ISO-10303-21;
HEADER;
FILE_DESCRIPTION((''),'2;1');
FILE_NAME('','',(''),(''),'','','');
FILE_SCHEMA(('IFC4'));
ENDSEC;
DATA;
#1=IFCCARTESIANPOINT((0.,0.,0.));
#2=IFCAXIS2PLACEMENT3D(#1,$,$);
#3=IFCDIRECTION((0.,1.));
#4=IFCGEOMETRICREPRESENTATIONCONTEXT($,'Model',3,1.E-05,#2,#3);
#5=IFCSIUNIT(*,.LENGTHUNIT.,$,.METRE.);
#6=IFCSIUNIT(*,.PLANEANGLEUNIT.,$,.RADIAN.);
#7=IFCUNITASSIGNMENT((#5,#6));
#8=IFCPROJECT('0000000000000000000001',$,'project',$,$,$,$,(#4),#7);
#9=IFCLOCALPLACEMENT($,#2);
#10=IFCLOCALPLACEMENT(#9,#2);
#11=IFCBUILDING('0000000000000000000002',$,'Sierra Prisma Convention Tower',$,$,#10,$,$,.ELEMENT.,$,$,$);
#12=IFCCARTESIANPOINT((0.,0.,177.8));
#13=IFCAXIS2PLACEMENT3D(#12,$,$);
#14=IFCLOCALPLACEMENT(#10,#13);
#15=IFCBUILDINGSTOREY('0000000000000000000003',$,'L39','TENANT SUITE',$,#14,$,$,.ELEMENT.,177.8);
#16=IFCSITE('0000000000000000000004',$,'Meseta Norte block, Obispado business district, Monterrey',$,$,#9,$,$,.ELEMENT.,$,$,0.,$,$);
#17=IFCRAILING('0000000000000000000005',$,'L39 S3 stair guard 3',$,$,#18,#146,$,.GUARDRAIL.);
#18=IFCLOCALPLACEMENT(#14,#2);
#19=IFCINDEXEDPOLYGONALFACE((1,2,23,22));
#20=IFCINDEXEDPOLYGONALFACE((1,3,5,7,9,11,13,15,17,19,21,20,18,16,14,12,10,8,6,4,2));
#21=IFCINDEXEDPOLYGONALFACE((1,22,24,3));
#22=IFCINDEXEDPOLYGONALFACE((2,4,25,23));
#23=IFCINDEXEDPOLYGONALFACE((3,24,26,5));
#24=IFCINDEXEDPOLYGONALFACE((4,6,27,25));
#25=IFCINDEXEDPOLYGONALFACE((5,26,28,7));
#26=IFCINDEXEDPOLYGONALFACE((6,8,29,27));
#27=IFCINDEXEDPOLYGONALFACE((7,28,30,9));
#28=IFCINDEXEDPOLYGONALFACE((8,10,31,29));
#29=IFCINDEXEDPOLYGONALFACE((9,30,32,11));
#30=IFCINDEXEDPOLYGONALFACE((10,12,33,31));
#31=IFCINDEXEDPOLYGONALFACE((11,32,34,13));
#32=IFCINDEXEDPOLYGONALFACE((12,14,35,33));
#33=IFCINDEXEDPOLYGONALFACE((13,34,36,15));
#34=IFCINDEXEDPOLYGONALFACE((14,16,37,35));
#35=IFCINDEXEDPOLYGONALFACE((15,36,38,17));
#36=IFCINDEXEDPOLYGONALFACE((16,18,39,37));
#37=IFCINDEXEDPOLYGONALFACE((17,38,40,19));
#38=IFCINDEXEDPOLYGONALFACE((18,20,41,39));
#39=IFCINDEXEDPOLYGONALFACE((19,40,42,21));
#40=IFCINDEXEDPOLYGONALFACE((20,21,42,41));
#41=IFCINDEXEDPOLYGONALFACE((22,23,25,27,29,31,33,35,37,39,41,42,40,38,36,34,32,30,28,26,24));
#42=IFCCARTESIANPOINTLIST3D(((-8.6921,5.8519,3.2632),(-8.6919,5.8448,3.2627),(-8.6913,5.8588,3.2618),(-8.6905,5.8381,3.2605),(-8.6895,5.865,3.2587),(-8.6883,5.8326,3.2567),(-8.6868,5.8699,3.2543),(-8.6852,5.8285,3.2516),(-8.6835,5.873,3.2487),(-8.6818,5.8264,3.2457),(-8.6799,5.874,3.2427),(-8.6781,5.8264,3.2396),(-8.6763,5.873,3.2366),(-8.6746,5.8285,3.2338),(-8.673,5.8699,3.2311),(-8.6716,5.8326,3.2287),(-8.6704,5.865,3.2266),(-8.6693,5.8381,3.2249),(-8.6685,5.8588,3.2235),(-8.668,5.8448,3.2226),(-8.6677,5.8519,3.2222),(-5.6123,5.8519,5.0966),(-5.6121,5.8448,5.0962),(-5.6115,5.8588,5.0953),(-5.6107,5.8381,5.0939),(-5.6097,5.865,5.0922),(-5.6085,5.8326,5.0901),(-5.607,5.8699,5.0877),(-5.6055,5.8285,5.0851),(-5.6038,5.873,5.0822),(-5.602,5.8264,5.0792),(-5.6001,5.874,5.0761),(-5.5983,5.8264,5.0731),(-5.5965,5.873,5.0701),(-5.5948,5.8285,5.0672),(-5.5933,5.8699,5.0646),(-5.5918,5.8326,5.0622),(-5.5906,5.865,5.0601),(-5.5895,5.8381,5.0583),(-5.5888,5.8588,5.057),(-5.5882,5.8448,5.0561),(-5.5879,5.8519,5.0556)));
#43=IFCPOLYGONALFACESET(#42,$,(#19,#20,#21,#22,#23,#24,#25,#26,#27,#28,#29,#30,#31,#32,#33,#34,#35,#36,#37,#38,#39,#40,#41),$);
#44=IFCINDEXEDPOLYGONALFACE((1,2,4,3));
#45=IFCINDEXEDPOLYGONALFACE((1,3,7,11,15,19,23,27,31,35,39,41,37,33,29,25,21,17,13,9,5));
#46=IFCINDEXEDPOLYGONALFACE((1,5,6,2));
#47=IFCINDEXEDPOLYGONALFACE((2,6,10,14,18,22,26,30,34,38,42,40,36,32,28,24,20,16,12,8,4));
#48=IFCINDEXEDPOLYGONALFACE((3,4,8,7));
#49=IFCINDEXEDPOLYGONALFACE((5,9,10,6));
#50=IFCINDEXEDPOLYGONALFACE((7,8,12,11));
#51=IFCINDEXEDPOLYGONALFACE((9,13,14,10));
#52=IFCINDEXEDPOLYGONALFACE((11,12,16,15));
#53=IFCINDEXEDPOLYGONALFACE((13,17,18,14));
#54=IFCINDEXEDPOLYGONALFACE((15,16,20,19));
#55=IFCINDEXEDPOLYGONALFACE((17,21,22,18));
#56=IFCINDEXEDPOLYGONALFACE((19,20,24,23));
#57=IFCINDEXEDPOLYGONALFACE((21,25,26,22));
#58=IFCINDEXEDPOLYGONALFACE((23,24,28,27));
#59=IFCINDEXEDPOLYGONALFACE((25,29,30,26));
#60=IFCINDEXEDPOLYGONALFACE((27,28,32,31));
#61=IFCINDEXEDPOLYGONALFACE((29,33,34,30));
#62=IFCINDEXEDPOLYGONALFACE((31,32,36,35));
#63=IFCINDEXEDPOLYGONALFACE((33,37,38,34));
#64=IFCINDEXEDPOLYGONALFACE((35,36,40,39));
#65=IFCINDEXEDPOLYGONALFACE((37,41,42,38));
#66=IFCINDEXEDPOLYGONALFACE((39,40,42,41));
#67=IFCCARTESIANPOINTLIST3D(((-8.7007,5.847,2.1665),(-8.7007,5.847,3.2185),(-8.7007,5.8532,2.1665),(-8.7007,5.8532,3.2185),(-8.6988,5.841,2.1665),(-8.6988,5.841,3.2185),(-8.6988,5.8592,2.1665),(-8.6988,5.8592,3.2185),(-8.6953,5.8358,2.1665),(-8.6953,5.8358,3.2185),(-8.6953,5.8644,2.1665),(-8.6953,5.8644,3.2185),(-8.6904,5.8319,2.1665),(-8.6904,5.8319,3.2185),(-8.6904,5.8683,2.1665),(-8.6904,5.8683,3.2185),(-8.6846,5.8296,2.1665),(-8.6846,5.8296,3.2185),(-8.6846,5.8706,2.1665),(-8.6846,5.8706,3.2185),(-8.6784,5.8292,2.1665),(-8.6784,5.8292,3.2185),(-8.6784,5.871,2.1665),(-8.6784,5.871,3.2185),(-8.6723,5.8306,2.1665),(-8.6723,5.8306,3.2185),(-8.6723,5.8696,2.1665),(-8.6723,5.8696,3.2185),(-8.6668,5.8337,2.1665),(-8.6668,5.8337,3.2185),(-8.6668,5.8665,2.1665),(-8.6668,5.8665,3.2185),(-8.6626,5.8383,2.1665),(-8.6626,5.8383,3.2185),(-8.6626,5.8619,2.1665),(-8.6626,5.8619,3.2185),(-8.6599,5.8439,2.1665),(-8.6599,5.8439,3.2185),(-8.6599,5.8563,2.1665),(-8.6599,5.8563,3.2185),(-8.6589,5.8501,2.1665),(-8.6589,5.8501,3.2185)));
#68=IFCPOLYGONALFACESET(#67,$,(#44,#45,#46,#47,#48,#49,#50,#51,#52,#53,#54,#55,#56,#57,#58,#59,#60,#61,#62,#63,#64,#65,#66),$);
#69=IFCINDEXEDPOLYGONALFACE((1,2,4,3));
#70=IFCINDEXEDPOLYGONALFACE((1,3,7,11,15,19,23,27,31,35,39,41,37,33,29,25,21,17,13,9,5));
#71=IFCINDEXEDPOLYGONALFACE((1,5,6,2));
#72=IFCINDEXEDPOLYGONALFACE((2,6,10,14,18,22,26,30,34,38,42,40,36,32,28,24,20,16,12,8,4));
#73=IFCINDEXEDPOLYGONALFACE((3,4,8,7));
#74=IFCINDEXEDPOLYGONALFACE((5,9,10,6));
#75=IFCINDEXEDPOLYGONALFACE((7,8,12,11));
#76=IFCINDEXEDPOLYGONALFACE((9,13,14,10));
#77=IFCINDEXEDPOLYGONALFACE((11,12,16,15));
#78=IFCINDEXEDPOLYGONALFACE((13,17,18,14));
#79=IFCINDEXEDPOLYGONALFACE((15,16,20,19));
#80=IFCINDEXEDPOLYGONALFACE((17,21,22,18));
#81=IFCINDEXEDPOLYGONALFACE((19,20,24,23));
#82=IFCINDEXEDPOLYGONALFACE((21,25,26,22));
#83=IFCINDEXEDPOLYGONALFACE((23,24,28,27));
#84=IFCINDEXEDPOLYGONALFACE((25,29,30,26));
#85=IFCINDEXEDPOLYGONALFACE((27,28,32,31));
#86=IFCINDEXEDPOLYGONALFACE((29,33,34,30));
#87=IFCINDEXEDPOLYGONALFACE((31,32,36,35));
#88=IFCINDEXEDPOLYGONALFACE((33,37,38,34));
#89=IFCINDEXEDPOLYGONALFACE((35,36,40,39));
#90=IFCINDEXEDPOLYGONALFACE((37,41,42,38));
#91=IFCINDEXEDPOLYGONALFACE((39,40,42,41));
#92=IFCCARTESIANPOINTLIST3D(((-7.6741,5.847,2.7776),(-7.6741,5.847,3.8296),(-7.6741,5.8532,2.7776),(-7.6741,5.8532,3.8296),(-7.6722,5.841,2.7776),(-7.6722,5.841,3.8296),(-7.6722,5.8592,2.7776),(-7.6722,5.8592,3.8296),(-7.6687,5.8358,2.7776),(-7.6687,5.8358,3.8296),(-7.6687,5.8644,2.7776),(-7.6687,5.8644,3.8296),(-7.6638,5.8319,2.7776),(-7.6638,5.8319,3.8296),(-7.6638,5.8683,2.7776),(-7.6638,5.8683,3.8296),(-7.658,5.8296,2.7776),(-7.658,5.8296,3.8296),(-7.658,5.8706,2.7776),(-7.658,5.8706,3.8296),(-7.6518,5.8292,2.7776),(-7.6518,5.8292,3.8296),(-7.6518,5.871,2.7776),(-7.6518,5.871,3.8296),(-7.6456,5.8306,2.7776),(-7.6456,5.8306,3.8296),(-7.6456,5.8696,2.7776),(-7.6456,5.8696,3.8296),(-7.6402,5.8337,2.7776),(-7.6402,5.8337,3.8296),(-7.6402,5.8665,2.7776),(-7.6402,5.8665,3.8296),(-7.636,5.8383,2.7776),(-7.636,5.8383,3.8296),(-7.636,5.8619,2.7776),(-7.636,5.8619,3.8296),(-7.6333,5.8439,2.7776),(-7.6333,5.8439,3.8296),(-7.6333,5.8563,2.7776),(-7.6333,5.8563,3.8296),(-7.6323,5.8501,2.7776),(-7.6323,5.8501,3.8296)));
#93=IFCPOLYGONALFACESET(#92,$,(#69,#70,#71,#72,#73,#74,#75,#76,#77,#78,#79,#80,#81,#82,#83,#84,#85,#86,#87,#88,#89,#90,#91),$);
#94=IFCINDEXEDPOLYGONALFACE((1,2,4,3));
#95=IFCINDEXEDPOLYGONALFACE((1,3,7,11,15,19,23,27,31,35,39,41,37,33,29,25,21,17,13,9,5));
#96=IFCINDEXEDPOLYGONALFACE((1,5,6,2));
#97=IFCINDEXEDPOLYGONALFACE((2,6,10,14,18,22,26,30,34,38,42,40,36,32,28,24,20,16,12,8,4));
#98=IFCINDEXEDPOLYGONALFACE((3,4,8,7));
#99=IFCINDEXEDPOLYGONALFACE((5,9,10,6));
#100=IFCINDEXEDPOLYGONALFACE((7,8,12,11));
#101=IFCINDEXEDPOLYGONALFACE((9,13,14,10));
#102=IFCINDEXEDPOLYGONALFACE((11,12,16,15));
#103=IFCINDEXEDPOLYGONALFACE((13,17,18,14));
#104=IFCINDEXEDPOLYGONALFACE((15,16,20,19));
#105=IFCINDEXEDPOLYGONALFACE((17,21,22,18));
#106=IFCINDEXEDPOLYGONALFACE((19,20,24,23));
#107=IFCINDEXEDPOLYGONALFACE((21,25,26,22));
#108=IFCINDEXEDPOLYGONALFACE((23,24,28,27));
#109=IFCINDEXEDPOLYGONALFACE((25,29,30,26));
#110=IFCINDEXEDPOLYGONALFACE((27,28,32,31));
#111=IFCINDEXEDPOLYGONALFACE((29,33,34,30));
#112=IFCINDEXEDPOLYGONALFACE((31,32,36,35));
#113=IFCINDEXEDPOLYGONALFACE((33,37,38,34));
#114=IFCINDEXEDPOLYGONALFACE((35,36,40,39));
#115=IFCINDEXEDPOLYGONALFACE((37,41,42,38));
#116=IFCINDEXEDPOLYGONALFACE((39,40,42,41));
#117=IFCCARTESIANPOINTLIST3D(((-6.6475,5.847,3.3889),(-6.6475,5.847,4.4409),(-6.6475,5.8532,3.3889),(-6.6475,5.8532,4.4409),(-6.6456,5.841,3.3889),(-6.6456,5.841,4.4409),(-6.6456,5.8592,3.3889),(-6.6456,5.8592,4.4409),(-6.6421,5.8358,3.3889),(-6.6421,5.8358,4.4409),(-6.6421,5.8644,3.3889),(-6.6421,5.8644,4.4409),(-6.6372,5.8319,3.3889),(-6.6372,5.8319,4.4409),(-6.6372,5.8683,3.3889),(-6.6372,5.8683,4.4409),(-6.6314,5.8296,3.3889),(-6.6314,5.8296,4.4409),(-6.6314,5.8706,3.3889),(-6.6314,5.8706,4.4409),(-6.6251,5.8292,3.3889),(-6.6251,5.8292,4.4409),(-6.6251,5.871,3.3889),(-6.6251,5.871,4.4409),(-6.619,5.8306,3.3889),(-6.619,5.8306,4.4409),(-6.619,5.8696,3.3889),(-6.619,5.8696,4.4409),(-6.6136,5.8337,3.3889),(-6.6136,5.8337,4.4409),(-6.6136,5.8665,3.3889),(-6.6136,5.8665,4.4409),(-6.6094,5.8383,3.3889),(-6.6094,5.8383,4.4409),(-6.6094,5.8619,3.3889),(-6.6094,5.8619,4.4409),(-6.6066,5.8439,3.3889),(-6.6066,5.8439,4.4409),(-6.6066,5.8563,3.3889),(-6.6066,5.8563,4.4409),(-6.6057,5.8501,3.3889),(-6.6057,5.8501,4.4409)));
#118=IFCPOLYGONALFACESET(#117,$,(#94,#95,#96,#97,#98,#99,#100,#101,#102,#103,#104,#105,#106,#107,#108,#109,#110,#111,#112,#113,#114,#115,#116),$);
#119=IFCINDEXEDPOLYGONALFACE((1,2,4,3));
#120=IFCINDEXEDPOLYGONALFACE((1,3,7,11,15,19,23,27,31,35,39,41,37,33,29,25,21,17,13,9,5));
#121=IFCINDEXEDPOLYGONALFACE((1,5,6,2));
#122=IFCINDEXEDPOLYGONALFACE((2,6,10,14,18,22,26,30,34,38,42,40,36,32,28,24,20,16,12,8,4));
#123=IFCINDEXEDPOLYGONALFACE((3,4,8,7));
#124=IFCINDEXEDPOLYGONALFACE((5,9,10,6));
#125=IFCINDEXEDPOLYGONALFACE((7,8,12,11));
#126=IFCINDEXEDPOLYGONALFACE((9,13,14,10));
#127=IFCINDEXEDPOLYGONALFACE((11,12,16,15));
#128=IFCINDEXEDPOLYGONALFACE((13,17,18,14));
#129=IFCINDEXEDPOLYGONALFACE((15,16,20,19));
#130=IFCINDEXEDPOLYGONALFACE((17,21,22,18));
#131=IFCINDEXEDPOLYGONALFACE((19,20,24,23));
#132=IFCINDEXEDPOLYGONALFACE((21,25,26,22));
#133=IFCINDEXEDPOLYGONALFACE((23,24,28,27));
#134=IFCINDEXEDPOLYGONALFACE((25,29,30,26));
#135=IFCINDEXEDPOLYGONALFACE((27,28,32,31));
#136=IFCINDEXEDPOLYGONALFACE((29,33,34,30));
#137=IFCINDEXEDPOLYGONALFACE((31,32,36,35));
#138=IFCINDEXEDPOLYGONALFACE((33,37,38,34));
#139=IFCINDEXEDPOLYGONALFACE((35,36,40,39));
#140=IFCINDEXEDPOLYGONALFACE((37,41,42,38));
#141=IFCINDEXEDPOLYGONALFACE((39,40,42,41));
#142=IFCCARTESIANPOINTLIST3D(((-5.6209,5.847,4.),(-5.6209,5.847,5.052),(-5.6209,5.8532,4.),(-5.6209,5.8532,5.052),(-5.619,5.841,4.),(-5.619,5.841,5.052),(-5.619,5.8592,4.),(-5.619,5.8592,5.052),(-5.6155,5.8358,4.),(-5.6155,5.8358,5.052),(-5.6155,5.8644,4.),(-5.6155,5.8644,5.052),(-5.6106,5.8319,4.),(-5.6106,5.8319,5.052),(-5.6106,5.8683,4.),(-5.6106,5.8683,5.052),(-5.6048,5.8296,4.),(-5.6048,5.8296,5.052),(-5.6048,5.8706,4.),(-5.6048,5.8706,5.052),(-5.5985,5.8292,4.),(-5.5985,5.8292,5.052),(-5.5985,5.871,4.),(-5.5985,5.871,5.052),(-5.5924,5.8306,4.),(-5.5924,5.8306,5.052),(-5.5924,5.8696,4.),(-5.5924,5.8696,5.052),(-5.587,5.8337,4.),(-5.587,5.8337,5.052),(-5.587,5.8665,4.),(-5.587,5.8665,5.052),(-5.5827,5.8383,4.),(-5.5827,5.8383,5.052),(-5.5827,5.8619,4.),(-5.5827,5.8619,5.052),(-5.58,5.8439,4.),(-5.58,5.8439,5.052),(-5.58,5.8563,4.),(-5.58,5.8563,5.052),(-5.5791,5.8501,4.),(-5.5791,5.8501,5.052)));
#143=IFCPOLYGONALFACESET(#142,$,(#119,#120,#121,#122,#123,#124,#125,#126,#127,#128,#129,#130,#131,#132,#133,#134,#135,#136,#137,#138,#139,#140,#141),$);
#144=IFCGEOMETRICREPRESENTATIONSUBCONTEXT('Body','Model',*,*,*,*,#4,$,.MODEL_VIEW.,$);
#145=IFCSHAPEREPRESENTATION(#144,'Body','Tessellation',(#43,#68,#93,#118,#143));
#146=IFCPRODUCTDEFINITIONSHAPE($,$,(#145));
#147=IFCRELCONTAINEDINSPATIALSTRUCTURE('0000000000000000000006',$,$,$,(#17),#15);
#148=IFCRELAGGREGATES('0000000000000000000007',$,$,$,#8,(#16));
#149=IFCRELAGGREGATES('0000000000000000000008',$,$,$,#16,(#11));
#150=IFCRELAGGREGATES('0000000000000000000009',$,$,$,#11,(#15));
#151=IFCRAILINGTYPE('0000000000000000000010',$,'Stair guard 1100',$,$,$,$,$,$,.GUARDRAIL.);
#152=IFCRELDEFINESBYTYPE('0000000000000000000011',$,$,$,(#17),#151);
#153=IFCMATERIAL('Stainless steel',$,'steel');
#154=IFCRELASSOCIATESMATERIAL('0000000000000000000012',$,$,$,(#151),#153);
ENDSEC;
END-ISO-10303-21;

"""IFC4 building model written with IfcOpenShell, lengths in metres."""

from ifc_helpers import new_model, si_unit, direction, frame, origin, origin_2d, place, context, subcontext, project, spatial, circle, extrude, material, type_object, element, save


model = new_model("IFC4")

# Units and contexts
model_context = context("Model", 3, precision=1e-05, world=origin(), true_north=direction((0.0, 1.0)))
body_context = subcontext(model_context, "Body", "Model", "MODEL_VIEW")
ifc_project = project(units=[si_unit("LENGTHUNIT", "METRE"), si_unit("PLANEANGLEUNIT", "RADIAN")], contexts=[model_context])

# Site, building, storey
site_placement = place(None, origin())
site = spatial("IfcSite", under=ifc_project, at=site_placement, Name="Meseta Norte block, Obispado business district, Monterrey", CompositionType="ELEMENT", RefElevation=0.0)
building_placement = place(site_placement, origin())
building = spatial("IfcBuilding", under=site, at=building_placement, Name="Sierra Prisma Convention Tower", CompositionType="ELEMENT")
storey_placement = place(building_placement, frame((0.0, 0.0, 177.8)))
storey = spatial("IfcBuildingStorey", under=building, at=storey_placement, Name="L39", Description="TENANT SUITE", CompositionType="ELEMENT", Elevation=177.8)

# Railing
ifc_material_1 = material(Name="Stainless steel", Category="steel")
railing_type_1 = type_object("IfcRailingType", Name="Stair guard 1100", PredefinedType="GUARDRAIL", material=ifc_material_1)
railing_1_placement = place(storey_placement, frame((-8.6799, 5.8501, 2.1665)))
element("IfcRailing", 1, at=railing_1_placement, inside=storey, type_object=railing_type_1, Name="L39 S3 stair guard 3", PredefinedType="GUARDRAIL", context=body_context, shape_type="SweptSolid", body=[
    extrude(circle(Radius=0.0239, at=origin_2d()), frame((0.0, 0.0, 1.0762), z_axis=(0.859261, 0.0, 0.511538), x_axis=(0.0, 1.0, 0.0)), (0.0, 0.0, 1.0), 3.5842),
    extrude(circle(Radius=0.021, at=origin_2d()), origin(), (0.0, 0.0, 1.0), 1.052),
    extrude(circle(Radius=0.021, at=origin_2d()), frame((1.0266, 0.0, 0.6111)), (0.0, 0.0, 1.0), 1.052),
    extrude(circle(Radius=0.021, at=origin_2d()), frame((2.0532, 0.0, 1.2224)), (0.0, 0.0, 1.0), 1.052),
    extrude(circle(Radius=0.021, at=origin_2d()), frame((3.0798, 0.0, 1.8335)), (0.0, 0.0, 1.0), 1.052),
])

save(model, "model.ifc")
